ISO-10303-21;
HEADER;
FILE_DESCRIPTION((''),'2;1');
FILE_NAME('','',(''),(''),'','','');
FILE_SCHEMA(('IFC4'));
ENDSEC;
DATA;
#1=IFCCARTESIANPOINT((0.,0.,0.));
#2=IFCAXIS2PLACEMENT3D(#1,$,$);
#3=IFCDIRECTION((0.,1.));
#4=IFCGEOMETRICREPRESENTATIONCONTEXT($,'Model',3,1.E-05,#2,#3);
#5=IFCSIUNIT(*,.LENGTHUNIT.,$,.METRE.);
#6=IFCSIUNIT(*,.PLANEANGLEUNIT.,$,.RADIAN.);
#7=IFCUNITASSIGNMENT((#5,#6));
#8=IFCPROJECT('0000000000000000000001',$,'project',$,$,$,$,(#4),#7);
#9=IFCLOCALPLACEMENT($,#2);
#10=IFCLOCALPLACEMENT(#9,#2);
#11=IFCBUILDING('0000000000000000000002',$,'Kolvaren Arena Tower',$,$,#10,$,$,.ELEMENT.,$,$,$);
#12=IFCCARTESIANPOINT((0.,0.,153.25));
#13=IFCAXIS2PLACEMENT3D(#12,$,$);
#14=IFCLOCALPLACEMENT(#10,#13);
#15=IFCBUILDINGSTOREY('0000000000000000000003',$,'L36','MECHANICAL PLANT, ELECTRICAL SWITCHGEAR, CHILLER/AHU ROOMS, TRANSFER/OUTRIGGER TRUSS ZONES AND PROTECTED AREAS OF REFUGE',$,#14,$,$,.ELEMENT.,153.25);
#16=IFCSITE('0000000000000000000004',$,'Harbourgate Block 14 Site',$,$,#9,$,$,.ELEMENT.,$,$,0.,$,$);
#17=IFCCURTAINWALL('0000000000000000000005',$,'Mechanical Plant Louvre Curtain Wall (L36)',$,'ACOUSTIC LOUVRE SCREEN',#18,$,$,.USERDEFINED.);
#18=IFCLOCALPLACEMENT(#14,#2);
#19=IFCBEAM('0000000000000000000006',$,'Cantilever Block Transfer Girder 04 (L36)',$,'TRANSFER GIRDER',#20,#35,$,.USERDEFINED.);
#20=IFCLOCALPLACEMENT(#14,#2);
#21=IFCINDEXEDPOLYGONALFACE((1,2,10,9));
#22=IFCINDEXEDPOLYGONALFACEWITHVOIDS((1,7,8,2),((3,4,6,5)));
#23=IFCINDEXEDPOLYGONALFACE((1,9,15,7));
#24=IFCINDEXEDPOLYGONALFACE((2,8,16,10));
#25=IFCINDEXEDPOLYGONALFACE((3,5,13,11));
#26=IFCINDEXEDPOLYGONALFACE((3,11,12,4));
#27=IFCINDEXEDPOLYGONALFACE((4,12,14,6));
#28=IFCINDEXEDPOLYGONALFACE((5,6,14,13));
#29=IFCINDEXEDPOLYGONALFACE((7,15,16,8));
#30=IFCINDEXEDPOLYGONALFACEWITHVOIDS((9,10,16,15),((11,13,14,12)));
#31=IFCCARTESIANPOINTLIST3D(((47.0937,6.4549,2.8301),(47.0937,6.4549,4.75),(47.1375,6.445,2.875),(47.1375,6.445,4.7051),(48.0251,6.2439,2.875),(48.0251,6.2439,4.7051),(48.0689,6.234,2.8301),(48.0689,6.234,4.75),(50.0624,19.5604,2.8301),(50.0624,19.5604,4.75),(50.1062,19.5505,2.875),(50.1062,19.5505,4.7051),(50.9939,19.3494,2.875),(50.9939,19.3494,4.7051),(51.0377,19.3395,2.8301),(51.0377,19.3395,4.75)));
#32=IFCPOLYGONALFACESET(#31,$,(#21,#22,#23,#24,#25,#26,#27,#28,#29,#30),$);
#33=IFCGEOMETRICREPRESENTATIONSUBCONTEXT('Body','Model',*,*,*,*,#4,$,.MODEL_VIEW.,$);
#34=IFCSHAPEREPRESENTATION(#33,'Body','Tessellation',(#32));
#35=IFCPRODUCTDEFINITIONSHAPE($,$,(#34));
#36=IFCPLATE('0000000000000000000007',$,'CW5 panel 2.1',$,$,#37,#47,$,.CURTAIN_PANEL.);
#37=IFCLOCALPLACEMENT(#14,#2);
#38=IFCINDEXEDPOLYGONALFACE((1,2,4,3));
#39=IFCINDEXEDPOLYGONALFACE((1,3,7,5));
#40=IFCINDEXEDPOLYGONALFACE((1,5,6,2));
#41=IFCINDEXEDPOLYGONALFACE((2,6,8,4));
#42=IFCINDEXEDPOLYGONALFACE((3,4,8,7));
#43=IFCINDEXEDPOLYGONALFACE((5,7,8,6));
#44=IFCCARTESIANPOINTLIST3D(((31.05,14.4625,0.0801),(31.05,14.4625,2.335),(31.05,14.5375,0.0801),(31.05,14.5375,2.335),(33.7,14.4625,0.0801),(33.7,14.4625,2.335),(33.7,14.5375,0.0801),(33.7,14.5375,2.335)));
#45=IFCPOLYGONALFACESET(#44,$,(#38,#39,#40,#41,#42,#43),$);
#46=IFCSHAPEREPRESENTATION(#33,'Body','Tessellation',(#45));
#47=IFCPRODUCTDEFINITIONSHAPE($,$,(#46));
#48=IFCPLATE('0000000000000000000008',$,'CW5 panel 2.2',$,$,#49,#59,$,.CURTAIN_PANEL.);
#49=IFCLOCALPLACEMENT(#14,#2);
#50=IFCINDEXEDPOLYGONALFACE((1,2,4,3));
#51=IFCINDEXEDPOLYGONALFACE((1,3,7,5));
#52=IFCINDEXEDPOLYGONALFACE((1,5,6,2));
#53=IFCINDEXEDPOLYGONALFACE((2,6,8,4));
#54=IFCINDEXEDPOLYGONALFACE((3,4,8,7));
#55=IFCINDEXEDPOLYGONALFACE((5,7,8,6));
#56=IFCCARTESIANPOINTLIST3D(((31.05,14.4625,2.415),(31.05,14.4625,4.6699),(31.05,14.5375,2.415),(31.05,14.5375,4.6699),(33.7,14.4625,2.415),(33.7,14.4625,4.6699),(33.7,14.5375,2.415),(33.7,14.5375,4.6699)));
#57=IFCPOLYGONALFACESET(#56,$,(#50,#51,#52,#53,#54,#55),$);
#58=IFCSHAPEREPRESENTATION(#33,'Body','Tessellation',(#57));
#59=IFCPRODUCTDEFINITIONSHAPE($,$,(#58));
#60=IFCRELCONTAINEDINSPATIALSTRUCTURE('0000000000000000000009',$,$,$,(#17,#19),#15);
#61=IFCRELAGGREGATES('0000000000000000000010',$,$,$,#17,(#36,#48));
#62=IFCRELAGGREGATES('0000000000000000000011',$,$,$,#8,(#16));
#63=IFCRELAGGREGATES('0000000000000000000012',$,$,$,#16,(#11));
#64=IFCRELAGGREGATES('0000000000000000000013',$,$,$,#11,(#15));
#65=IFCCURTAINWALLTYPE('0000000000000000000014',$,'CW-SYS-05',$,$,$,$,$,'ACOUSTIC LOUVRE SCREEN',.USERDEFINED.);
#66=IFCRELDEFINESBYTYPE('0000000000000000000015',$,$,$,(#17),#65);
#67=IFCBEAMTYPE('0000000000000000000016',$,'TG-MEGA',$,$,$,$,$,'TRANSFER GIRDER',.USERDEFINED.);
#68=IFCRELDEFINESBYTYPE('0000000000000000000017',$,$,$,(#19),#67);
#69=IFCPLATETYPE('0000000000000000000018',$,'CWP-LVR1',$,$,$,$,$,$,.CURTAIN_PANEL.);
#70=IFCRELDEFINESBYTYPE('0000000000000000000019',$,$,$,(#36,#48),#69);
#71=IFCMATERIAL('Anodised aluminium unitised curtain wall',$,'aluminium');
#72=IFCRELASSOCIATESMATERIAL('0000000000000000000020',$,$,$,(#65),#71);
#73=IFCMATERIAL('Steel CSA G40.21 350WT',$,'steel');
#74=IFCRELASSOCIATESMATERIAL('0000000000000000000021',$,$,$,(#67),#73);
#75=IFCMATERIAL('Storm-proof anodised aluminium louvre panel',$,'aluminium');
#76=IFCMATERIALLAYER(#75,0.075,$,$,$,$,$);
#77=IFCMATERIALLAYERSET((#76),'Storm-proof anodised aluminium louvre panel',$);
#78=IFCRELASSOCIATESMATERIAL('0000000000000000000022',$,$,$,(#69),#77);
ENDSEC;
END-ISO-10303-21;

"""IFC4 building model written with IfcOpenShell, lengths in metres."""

from ifc_helpers import new_model, si_unit, direction, frame, origin, origin_2d, place, context, subcontext, project, spatial, rectangle, hollow_rectangle, extrude, material, layer, layer_set, material_profile, profile_set, type_object, element, aggregate, save


model = new_model("IFC4")

# Units and contexts
model_context = context("Model", 3, precision=1e-05, world=origin(), true_north=direction((0.0, 1.0)))
body_context = subcontext(model_context, "Body", "Model", "MODEL_VIEW")
ifc_project = project(units=[si_unit("LENGTHUNIT", "METRE"), si_unit("PLANEANGLEUNIT", "RADIAN")], contexts=[model_context])

# Site, building, storey
site_placement = place(None, origin())
site = spatial("IfcSite", under=ifc_project, at=site_placement, Name="Harbourgate Block 14 Site", CompositionType="ELEMENT", RefElevation=0.0)
building_placement = place(site_placement, origin())
building = spatial("IfcBuilding", under=site, at=building_placement, Name="Kolvaren Arena Tower", CompositionType="ELEMENT")
storey_placement = place(building_placement, frame((0.0, 0.0, 153.25)))
storey = spatial("IfcBuildingStorey", under=building, at=storey_placement, Name="L36", Description="MECHANICAL PLANT, ELECTRICAL SWITCHGEAR, CHILLER/AHU ROOMS, TRANSFER/OUTRIGGER TRUSS ZONES AND PROTECTED AREAS OF REFUGE", CompositionType="ELEMENT", Elevation=153.25)

# Curtain wall
ifc_material_1 = material(Name="Anodised aluminium unitised curtain wall", Category="aluminium")
curtain_wall_type = type_object("IfcCurtainWallType", Name="CW-SYS-05", ElementType="ACOUSTIC LOUVRE SCREEN", PredefinedType="USERDEFINED", material=ifc_material_1)
curtain_wall_placement = place(storey_placement, origin())
curtain_wall = element("IfcCurtainWall", 1, at=curtain_wall_placement, inside=storey, type_object=curtain_wall_type, Name="Mechanical Plant Louvre Curtain Wall (L36)", ObjectType="ACOUSTIC LOUVRE SCREEN", PredefinedType="USERDEFINED")

# Beam
ifc_material_2 = material(Name="Steel CSA G40.21 350WT", Category="steel")
ifc_material_profile_1 = material_profile(ifc_material_2, hollow_rectangle(XDim=1.0, YDim=1.9199, WallThickness=0.0449, at=origin_2d()), Name="BOX 1000x1920x45")
ifc_profile_set_1 = profile_set([ifc_material_profile_1], Name="Steel CSA G40.21 350WT")
beam_type_1 = type_object("IfcBeamType", Name="TG-MEGA", ElementType="TRANSFER GIRDER", PredefinedType="USERDEFINED", material=ifc_profile_set_1)
beam_1_placement = place(storey_placement, frame((47.5813, 6.3445, 3.79), z_axis=(0.22093, 0.97529, 0.0), x_axis=(-0.97529, 0.22093, 0.0)))
element("IfcBeam", 2, at=beam_1_placement, inside=storey, type_object=beam_type_1, Name="Cantilever Block Transfer Girder 04 (L36)", ObjectType="TRANSFER GIRDER", PredefinedType="USERDEFINED", context=body_context, shape_type="SweptSolid", body=[
    extrude(hollow_rectangle(XDim=1.0, YDim=1.9199, WallThickness=0.0449, at=origin_2d()), origin(), (0.0, 0.0, 1.0), 13.4375),
])

# Plates
ifc_material_3 = material(Name="Storm-proof anodised aluminium louvre panel", Category="aluminium")
ifc_layer = layer(ifc_material_3, 0.075)
ifc_layer_set = layer_set([ifc_layer], Name="Storm-proof anodised aluminium louvre panel")
plate_type = type_object("IfcPlateType", Name="CWP-LVR1", PredefinedType="CURTAIN_PANEL", material=ifc_layer_set)
plate_1_placement = place(storey_placement, frame((32.375, 14.5, 0.0801), z_axis=(0.0, 0.0, 1.0), x_axis=(1.0, 0.0, 0.0)))
plate_1 = element("IfcPlate", 3, at=plate_1_placement, type_object=plate_type, Name="CW5 panel 2.1", PredefinedType="CURTAIN_PANEL", context=body_context, shape_type="SweptSolid", body=[
    extrude(rectangle(XDim=2.6499, YDim=0.075, at=origin_2d()), origin(), (0.0, 0.0, 1.0), 2.2549),
])
plate_2_placement = place(storey_placement, frame((32.375, 14.5, 2.415), z_axis=(0.0, 0.0, 1.0), x_axis=(1.0, 0.0, 0.0)))
plate_2 = element("IfcPlate", 4, at=plate_2_placement, type_object=plate_type, Name="CW5 panel 2.2", PredefinedType="CURTAIN_PANEL", context=body_context, shape_type="SweptSolid", body=[
    extrude(rectangle(XDim=2.6499, YDim=0.075, at=origin_2d()), origin(), (0.0, 0.0, 1.0), 2.2549),
])
aggregate(curtain_wall, [plate_1, plate_2])

save(model, "model.ifc")
